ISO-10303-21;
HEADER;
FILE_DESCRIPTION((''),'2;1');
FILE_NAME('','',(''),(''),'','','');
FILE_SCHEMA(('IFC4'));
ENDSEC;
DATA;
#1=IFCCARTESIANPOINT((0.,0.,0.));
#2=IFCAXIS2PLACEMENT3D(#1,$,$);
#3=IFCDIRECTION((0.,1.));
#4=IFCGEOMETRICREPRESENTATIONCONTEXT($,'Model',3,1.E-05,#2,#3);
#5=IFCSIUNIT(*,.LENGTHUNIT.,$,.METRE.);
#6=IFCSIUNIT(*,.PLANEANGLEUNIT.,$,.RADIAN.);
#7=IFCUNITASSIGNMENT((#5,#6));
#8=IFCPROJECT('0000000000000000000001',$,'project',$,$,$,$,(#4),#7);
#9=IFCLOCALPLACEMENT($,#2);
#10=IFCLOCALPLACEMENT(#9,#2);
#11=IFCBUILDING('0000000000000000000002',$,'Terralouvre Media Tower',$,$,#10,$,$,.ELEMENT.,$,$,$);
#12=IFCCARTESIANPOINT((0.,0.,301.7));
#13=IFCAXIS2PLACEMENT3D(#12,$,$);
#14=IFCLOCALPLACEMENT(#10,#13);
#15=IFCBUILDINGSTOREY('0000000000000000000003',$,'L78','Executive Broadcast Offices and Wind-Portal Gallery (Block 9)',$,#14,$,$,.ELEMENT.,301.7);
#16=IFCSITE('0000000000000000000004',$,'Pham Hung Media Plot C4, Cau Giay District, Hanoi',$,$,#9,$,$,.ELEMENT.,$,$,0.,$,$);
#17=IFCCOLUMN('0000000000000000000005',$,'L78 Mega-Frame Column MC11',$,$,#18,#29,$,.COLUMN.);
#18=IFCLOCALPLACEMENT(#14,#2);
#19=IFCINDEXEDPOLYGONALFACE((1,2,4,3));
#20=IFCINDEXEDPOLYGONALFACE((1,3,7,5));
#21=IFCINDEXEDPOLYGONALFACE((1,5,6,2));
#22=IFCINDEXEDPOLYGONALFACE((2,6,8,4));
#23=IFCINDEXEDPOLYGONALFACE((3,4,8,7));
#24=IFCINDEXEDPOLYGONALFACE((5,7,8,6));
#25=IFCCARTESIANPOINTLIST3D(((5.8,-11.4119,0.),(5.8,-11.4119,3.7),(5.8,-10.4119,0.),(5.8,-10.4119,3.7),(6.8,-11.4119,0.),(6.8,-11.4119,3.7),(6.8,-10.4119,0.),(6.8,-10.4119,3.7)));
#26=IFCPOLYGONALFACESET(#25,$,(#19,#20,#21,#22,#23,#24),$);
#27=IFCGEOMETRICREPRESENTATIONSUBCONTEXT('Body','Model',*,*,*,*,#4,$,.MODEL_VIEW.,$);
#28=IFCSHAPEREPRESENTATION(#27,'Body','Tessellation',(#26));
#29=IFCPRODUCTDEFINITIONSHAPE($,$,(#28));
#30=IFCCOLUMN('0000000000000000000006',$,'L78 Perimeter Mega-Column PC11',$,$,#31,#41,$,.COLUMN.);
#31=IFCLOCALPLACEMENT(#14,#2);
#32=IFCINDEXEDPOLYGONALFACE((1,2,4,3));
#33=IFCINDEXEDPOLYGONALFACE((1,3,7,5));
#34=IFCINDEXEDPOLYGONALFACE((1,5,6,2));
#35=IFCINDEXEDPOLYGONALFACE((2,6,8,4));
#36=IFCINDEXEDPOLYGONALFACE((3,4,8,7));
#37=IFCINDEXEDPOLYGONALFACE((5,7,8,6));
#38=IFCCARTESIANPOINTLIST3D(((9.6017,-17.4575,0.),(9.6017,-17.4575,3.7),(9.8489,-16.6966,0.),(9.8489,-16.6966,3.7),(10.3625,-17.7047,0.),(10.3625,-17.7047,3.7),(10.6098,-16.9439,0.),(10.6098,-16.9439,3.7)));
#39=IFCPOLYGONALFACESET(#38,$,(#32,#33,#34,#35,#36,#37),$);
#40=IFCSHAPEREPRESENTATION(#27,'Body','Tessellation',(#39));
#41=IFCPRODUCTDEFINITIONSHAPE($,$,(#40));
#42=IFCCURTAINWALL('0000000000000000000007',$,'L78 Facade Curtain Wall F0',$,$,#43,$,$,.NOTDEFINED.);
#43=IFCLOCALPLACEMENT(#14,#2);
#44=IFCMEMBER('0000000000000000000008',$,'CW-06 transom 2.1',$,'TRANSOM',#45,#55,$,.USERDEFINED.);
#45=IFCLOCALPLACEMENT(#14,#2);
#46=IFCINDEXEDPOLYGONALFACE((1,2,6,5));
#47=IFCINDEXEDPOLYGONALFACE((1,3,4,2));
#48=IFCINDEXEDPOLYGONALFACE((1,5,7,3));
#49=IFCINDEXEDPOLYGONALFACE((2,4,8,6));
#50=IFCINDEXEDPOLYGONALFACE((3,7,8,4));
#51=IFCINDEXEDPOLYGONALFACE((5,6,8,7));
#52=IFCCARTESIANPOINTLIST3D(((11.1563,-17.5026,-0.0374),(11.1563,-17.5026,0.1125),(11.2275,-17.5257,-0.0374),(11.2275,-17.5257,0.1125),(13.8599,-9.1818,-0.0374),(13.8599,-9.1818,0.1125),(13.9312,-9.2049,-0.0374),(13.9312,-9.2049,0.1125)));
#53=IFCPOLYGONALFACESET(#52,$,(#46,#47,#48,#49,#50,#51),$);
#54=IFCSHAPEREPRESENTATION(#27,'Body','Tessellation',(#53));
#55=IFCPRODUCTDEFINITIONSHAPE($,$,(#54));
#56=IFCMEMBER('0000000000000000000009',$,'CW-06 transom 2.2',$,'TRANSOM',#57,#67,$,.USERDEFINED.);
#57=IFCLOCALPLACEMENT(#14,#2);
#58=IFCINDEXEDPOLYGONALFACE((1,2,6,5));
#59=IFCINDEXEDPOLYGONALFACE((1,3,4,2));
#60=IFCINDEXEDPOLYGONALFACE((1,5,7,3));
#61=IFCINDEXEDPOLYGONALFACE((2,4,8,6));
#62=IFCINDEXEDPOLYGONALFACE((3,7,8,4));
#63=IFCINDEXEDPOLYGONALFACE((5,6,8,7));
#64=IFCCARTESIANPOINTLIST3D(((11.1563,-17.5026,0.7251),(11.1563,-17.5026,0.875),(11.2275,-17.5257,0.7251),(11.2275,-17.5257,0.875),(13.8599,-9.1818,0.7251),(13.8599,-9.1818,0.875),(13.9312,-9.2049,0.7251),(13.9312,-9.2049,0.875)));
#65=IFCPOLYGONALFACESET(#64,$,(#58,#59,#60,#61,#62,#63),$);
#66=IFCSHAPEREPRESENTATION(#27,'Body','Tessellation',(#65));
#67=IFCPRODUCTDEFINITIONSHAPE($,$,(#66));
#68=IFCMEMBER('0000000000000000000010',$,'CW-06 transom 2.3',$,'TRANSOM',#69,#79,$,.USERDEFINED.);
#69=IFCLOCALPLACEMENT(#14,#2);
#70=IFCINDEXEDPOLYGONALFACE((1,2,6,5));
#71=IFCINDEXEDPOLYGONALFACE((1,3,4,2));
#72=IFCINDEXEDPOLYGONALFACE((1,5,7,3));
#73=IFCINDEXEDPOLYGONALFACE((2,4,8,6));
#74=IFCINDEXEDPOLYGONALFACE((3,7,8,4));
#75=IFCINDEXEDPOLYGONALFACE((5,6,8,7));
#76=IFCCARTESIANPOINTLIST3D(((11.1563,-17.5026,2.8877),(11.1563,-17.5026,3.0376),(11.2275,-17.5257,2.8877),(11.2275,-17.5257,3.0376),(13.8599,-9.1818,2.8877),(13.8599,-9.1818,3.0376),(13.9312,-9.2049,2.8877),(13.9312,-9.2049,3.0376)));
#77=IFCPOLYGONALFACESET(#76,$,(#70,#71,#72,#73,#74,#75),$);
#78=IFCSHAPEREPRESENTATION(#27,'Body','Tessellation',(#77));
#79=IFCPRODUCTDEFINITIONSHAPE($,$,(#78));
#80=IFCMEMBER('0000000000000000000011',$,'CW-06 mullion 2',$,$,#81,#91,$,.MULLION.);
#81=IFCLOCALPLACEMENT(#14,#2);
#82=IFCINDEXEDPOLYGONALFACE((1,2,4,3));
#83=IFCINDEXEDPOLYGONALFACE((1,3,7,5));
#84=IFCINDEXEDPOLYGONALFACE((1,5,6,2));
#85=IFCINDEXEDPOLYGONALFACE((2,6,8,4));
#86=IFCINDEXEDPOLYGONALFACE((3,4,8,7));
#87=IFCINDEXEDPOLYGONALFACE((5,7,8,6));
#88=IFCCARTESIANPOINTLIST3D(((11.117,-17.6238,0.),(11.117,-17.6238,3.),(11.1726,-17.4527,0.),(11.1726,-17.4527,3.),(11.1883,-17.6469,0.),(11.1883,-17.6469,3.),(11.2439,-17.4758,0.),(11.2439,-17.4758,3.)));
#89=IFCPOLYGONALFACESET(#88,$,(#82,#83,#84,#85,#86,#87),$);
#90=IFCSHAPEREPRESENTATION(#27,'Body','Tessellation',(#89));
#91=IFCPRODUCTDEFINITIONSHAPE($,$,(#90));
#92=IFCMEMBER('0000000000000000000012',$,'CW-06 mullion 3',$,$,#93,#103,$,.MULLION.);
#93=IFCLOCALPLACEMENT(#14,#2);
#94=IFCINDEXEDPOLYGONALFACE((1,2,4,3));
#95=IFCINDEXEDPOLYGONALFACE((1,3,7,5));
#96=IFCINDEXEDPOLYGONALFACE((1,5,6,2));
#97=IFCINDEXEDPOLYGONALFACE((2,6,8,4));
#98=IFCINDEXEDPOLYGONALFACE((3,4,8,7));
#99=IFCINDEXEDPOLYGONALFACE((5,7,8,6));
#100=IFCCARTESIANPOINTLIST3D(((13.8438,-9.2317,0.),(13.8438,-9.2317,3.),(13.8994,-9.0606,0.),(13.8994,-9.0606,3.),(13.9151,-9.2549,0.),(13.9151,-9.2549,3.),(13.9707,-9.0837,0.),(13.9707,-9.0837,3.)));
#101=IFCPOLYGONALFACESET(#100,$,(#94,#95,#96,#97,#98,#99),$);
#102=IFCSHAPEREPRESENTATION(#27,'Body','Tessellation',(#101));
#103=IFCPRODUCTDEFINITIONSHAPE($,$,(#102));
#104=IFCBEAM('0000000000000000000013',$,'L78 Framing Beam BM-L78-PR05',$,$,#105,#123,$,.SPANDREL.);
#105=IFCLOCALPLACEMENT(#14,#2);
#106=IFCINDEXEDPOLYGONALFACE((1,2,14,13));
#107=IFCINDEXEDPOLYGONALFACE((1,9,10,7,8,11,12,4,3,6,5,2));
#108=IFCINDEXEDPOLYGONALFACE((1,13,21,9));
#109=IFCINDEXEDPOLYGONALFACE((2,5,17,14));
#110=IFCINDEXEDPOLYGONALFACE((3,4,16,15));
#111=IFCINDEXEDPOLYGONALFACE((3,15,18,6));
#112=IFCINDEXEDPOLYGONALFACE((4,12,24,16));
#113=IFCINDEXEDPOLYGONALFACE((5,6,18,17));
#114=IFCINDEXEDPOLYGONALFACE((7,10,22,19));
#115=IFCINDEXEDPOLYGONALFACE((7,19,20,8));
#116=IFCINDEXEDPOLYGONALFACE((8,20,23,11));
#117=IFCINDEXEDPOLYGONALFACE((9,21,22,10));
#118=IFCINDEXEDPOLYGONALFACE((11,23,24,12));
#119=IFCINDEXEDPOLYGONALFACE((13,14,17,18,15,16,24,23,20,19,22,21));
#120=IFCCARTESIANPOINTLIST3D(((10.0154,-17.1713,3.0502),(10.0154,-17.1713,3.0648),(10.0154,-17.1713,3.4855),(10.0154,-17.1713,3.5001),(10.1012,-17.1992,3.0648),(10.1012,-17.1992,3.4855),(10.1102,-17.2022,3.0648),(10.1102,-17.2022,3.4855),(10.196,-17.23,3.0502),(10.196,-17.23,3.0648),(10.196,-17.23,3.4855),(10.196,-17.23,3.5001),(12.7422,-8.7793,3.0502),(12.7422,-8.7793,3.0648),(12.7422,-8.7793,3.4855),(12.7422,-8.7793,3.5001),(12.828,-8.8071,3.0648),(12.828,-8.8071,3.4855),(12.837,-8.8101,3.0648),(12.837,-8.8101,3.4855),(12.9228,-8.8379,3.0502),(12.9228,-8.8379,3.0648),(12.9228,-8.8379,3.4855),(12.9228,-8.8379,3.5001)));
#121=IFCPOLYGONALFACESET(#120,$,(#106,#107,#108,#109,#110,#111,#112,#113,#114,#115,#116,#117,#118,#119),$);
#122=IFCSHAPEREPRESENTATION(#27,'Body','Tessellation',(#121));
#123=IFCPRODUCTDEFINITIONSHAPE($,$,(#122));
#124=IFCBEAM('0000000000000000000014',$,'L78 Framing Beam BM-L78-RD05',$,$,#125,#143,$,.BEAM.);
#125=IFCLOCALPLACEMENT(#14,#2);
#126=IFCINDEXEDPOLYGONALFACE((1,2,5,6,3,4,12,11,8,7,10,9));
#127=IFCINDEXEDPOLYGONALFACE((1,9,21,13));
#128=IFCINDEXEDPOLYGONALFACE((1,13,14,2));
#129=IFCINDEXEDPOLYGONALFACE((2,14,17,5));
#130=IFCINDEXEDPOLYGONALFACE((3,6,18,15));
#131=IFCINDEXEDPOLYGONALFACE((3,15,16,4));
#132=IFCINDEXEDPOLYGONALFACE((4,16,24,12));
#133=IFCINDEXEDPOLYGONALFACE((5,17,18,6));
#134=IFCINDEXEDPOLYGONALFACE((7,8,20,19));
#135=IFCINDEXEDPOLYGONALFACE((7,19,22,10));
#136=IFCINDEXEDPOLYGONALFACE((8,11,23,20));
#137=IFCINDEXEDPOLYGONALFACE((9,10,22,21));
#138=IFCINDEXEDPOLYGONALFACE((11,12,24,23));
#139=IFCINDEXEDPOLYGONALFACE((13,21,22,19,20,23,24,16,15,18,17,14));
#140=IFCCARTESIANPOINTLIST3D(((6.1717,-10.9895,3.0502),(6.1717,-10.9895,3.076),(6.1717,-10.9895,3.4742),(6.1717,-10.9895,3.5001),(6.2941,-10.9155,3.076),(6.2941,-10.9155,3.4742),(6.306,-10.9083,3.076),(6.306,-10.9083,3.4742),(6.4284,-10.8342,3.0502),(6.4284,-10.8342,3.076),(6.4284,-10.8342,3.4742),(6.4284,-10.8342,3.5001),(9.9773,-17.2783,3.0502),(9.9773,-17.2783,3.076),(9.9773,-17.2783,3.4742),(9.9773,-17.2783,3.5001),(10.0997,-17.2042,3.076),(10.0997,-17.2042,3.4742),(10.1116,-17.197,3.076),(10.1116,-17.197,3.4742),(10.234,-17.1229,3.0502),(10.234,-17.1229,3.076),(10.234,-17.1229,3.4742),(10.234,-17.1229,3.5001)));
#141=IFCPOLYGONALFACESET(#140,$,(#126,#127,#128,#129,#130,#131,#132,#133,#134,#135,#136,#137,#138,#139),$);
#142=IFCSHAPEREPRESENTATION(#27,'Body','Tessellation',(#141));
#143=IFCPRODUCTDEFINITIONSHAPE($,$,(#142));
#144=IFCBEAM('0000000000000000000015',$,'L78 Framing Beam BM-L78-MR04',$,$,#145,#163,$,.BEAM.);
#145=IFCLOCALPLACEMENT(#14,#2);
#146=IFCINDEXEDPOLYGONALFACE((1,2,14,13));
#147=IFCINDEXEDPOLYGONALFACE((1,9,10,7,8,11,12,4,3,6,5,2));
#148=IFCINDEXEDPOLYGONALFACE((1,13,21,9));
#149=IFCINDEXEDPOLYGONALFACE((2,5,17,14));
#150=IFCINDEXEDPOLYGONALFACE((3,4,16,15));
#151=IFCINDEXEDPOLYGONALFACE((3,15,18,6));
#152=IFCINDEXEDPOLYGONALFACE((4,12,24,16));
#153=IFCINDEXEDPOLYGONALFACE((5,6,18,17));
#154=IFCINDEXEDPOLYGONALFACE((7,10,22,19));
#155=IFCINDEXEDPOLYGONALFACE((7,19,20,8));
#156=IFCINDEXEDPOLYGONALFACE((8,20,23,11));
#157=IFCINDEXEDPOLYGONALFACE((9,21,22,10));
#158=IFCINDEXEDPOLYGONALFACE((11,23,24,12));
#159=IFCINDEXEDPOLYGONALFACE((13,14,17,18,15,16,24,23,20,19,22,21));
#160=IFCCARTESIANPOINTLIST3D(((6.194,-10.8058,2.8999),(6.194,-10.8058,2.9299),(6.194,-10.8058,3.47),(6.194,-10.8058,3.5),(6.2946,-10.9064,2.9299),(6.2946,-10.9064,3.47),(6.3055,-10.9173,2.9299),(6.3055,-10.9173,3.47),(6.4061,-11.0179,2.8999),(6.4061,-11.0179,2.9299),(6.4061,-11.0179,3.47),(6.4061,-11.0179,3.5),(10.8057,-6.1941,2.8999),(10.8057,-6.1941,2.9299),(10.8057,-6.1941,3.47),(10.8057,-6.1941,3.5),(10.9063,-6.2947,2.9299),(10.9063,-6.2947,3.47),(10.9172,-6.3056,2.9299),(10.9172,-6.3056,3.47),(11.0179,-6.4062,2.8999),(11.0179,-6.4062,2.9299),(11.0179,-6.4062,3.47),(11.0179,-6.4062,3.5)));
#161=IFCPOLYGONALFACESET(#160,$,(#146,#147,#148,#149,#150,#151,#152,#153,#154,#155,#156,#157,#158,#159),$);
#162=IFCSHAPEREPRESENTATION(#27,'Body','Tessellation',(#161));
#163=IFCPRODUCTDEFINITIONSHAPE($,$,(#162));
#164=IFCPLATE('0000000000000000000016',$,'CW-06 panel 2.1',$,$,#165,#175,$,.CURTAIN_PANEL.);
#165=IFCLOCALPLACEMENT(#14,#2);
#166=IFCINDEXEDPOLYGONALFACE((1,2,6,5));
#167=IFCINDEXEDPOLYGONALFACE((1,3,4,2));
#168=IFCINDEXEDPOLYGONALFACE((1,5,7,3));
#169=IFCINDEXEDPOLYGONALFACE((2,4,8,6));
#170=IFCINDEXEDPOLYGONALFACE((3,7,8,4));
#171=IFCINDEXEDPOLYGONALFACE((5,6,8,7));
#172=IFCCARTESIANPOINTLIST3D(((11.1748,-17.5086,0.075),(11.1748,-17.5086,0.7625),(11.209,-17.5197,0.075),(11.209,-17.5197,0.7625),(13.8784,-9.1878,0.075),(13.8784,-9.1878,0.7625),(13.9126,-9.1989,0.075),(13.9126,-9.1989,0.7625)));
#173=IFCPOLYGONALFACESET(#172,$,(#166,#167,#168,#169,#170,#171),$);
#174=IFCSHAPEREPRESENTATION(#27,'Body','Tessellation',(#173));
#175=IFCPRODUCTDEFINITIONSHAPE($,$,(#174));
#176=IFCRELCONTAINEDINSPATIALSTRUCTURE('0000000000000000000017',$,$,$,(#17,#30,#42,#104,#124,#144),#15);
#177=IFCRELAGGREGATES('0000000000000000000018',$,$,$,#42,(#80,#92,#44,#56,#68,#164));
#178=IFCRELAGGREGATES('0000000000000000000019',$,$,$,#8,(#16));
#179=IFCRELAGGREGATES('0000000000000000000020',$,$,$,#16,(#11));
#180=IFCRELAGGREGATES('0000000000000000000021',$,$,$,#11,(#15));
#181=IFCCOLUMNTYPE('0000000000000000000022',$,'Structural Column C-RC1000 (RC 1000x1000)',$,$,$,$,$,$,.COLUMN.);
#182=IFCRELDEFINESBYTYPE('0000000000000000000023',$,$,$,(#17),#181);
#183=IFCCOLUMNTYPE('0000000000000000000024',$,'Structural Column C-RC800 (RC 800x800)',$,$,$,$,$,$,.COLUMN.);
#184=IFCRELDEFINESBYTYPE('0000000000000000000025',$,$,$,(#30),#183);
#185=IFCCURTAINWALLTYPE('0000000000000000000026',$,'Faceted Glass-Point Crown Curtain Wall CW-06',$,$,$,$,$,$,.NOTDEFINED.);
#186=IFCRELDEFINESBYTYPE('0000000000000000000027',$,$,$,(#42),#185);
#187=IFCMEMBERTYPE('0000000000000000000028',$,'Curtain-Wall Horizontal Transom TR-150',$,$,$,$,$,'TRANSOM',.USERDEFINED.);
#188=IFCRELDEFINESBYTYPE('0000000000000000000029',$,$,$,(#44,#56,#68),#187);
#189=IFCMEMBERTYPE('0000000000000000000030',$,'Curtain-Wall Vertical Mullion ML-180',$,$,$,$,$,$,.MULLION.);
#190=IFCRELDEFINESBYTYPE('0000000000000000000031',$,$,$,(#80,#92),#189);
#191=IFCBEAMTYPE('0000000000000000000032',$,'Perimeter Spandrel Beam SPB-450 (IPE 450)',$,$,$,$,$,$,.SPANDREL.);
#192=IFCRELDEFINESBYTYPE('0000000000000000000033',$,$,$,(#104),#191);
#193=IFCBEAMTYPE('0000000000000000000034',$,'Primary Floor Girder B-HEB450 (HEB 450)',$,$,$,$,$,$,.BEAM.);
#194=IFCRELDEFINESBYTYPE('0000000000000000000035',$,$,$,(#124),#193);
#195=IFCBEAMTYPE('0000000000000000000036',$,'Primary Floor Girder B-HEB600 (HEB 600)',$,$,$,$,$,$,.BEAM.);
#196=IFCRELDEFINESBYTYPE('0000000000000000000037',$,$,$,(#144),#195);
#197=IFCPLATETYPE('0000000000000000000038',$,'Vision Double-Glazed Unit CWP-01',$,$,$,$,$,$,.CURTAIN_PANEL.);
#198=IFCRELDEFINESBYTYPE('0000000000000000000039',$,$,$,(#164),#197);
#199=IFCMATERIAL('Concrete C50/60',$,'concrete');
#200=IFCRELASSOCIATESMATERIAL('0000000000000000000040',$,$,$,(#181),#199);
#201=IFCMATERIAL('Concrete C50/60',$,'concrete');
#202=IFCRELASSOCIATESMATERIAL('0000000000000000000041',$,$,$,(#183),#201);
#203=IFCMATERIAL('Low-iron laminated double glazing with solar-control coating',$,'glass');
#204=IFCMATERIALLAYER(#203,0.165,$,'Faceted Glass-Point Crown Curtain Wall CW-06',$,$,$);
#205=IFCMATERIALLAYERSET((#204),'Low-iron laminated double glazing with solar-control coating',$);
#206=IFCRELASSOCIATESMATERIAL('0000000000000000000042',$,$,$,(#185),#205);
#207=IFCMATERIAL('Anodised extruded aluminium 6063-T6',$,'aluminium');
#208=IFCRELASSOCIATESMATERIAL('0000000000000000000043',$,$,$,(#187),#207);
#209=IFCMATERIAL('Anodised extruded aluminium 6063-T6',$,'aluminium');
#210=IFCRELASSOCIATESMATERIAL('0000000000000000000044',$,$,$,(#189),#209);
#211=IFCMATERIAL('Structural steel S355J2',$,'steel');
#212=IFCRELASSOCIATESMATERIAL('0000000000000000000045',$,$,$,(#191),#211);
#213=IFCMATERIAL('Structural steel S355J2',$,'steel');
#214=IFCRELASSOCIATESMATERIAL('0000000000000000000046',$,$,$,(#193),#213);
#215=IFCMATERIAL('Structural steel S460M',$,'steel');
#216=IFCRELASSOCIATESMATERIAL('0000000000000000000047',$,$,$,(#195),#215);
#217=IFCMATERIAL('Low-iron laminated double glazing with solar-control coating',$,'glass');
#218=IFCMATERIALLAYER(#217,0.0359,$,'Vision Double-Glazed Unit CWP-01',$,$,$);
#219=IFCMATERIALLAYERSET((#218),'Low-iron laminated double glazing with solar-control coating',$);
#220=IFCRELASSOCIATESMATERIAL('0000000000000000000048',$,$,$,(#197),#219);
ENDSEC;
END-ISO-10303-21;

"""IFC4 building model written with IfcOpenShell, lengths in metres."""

from ifc_helpers import new_model, si_unit, direction, frame, origin, origin_2d, place, context, subcontext, project, spatial, rectangle, i_section, extrude, material, layer, layer_set, material_profile, profile_set, type_object, element, aggregate, save


model = new_model("IFC4")

# Units and contexts
model_context = context("Model", 3, precision=1e-05, world=origin(), true_north=direction((0.0, 1.0)))
body_context = subcontext(model_context, "Body", "Model", "MODEL_VIEW")
ifc_project = project(units=[si_unit("LENGTHUNIT", "METRE"), si_unit("PLANEANGLEUNIT", "RADIAN")], contexts=[model_context])

# Site, building, storey
site_placement = place(None, origin())
site = spatial("IfcSite", under=ifc_project, at=site_placement, Name="Pham Hung Media Plot C4, Cau Giay District, Hanoi", CompositionType="ELEMENT", RefElevation=0.0)
building_placement = place(site_placement, origin())
building = spatial("IfcBuilding", under=site, at=building_placement, Name="Terralouvre Media Tower", CompositionType="ELEMENT")
storey_placement = place(building_placement, frame((0.0, 0.0, 301.7)))
storey = spatial("IfcBuildingStorey", under=building, at=storey_placement, Name="L78", Description="Executive Broadcast Offices and Wind-Portal Gallery (Block 9)", CompositionType="ELEMENT", Elevation=301.7)

# Columns
ifc_material_1 = material(Name="Concrete C50/60", Category="concrete")
ifc_material_profile_1 = material_profile(ifc_material_1, rectangle(XDim=1.0, YDim=1.0, at=origin_2d()), Name="RC 1000x1000")
ifc_profile_set_1 = profile_set([ifc_material_profile_1], Name="Concrete C50/60")
column_type_1 = type_object("IfcColumnType", Name="Structural Column C-RC1000 (RC 1000x1000)", PredefinedType="COLUMN", material=ifc_profile_set_1)
column_1_placement = place(storey_placement, frame((6.3, -10.9119, 0.0), z_axis=(0.0, 0.0, 1.0), x_axis=(1.0, 0.0, 0.0)))
element("IfcColumn", 1, at=column_1_placement, inside=storey, type_object=column_type_1, Name="L78 Mega-Frame Column MC11", PredefinedType="COLUMN", context=body_context, shape_type="SweptSolid", body=[
    extrude(rectangle(XDim=1.0, YDim=1.0, at=origin_2d()), origin(), (0.0, 0.0, 1.0), 3.7),
])
ifc_material_2 = material(Name="Concrete C50/60", Category="concrete")
ifc_material_profile_2 = material_profile(ifc_material_2, rectangle(XDim=0.8, YDim=0.8, at=origin_2d()), Name="RC 800x800")
ifc_profile_set_2 = profile_set([ifc_material_profile_2], Name="Concrete C50/60")
column_type_2 = type_object("IfcColumnType", Name="Structural Column C-RC800 (RC 800x800)", PredefinedType="COLUMN", material=ifc_profile_set_2)
column_2_placement = place(storey_placement, frame((10.1057, -17.2007, 0.0), z_axis=(0.0, 0.0, 1.0), x_axis=(0.309017, 0.951057, 0.0)))
element("IfcColumn", 2, at=column_2_placement, inside=storey, type_object=column_type_2, Name="L78 Perimeter Mega-Column PC11", PredefinedType="COLUMN", context=body_context, shape_type="SweptSolid", body=[
    extrude(rectangle(XDim=0.8, YDim=0.8, at=origin_2d()), origin(), (0.0, 0.0, 1.0), 3.7),
])

# Curtain wall, members
ifc_material_3 = material(Name="Low-iron laminated double glazing with solar-control coating", Category="glass")
ifc_layer_1 = layer(ifc_material_3, 0.165, Name="Faceted Glass-Point Crown Curtain Wall CW-06")
ifc_layer_set_1 = layer_set([ifc_layer_1], Name="Low-iron laminated double glazing with solar-control coating")
curtain_wall_type = type_object("IfcCurtainWallType", Name="Faceted Glass-Point Crown Curtain Wall CW-06", PredefinedType="NOTDEFINED", material=ifc_layer_set_1)
curtain_wall_placement = place(storey_placement, origin())
curtain_wall = element("IfcCurtainWall", 3, at=curtain_wall_placement, inside=storey, type_object=curtain_wall_type, Name="L78 Facade Curtain Wall F0", PredefinedType="NOTDEFINED")
ifc_material_4 = material(Name="Anodised extruded aluminium 6063-T6", Category="aluminium")
ifc_material_profile_3 = material_profile(ifc_material_4, rectangle(XDim=0.075, YDim=0.1499, at=origin_2d()), Name="ALU 75x150")
ifc_profile_set_3 = profile_set([ifc_material_profile_3], Name="Anodised extruded aluminium 6063-T6")
member_type_1 = type_object("IfcMemberType", Name="Curtain-Wall Horizontal Transom TR-150", ElementType="TRANSOM", PredefinedType="USERDEFINED", material=ifc_profile_set_3)
member_1_placement = place(storey_placement, frame((11.1919, -17.5142, 0.0376), z_axis=(0.309019, 0.951056, 0.0), x_axis=(-0.951056, 0.309019, 0.0)))
member_1 = element("IfcMember", 4, at=member_1_placement, type_object=member_type_1, Name="CW-06 transom 2.1", ObjectType="TRANSOM", PredefinedType="USERDEFINED", context=body_context, shape_type="SweptSolid", body=[
    extrude(rectangle(XDim=0.075, YDim=0.1499, at=origin_2d()), origin(), (0.0, 0.0, 1.0), 8.749),
])
member_2_placement = place(storey_placement, frame((11.1919, -17.5142, 0.8), z_axis=(0.309019, 0.951056, 0.0), x_axis=(-0.951056, 0.309019, 0.0)))
member_2 = element("IfcMember", 5, at=member_2_placement, type_object=member_type_1, Name="CW-06 transom 2.2", ObjectType="TRANSOM", PredefinedType="USERDEFINED", context=body_context, shape_type="SweptSolid", body=[
    extrude(rectangle(XDim=0.075, YDim=0.1499, at=origin_2d()), origin(), (0.0, 0.0, 1.0), 8.749),
])
member_3_placement = place(storey_placement, frame((11.1919, -17.5142, 2.9626), z_axis=(0.309019, 0.951056, 0.0), x_axis=(-0.951056, 0.309019, 0.0)))
member_3 = element("IfcMember", 6, at=member_3_placement, type_object=member_type_1, Name="CW-06 transom 2.3", ObjectType="TRANSOM", PredefinedType="USERDEFINED", context=body_context, shape_type="SweptSolid", body=[
    extrude(rectangle(XDim=0.075, YDim=0.1499, at=origin_2d()), origin(), (0.0, 0.0, 1.0), 8.749),
])
ifc_material_5 = material(Name="Anodised extruded aluminium 6063-T6", Category="aluminium")
ifc_material_profile_4 = material_profile(ifc_material_5, rectangle(XDim=0.075, YDim=0.1799, at=origin_2d()), Name="ALU 75x180")
ifc_profile_set_4 = profile_set([ifc_material_profile_4], Name="Anodised extruded aluminium 6063-T6")
member_type_2 = type_object("IfcMemberType", Name="Curtain-Wall Vertical Mullion ML-180", PredefinedType="MULLION", material=ifc_profile_set_4)
member_4_placement = place(storey_placement, frame((11.1804, -17.5498, 0.0), z_axis=(0.0, 0.0, 1.0), x_axis=(-0.951057, 0.309017, 0.0)))
member_4 = element("IfcMember", 7, at=member_4_placement, type_object=member_type_2, Name="CW-06 mullion 2", PredefinedType="MULLION", context=body_context, shape_type="SweptSolid", body=[
    extrude(rectangle(XDim=0.075, YDim=0.1799, at=origin_2d()), origin(), (0.0, 0.0, 1.0), 3.0),
])
member_5_placement = place(storey_placement, frame((13.9072, -9.1577, 0.0), z_axis=(0.0, 0.0, 1.0), x_axis=(-0.951057, 0.309017, 0.0)))
member_5 = element("IfcMember", 8, at=member_5_placement, type_object=member_type_2, Name="CW-06 mullion 3", PredefinedType="MULLION", context=body_context, shape_type="SweptSolid", body=[
    extrude(rectangle(XDim=0.075, YDim=0.1799, at=origin_2d()), origin(), (0.0, 0.0, 1.0), 3.0),
])

# Beams
ifc_material_6 = material(Name="Structural steel S355J2", Category="steel")
ifc_material_profile_5 = material_profile(ifc_material_6, i_section(OverallWidth=0.1899, OverallDepth=0.45, WebThickness=0.0095, FlangeThickness=0.0146, at=origin_2d()), Name="IPE 450")
ifc_profile_set_5 = profile_set([ifc_material_profile_5], Name="Structural steel S355J2")
beam_type_1 = type_object("IfcBeamType", Name="Perimeter Spandrel Beam SPB-450 (IPE 450)", PredefinedType="SPANDREL", material=ifc_profile_set_5)
beam_1_placement = place(storey_placement, frame((10.1057, -17.2007, 3.2751), z_axis=(0.309022, 0.951055, 0.0), x_axis=(-0.951055, 0.309022, 0.0)))
element("IfcBeam", 9, at=beam_1_placement, inside=storey, type_object=beam_type_1, Name="L78 Framing Beam BM-L78-PR05", PredefinedType="SPANDREL", context=body_context, shape_type="SweptSolid", body=[
    extrude(i_section(OverallWidth=0.1899, OverallDepth=0.45, WebThickness=0.0095, FlangeThickness=0.0146, at=origin_2d()), origin(), (0.0, 0.0, 1.0), 8.824),
])
ifc_material_7 = material(Name="Structural steel S355J2", Category="steel")
ifc_material_profile_6 = material_profile(ifc_material_7, i_section(OverallWidth=0.3, OverallDepth=0.45, WebThickness=0.0139, FlangeThickness=0.0259, at=origin_2d()), Name="HEB 450")
ifc_profile_set_6 = profile_set([ifc_material_profile_6], Name="Structural steel S355J2")
beam_type_2 = type_object("IfcBeamType", Name="Primary Floor Girder B-HEB450 (HEB 450)", PredefinedType="BEAM", material=ifc_profile_set_6)
beam_2_placement = place(storey_placement, frame((6.3, -10.9119, 3.2751), z_axis=(0.51773, -0.855544, 0.0), x_axis=(0.855544, 0.51773, 0.0)))
element("IfcBeam", 10, at=beam_2_placement, inside=storey, type_object=beam_type_2, Name="L78 Framing Beam BM-L78-RD05", PredefinedType="BEAM", context=body_context, shape_type="SweptSolid", body=[
    extrude(i_section(OverallWidth=0.3, OverallDepth=0.45, WebThickness=0.0139, FlangeThickness=0.0259, at=origin_2d()), origin(), (0.0, 0.0, 1.0), 7.3506),
])
ifc_material_8 = material(Name="Structural steel S460M", Category="steel")
ifc_material_profile_7 = material_profile(ifc_material_8, i_section(OverallWidth=0.3, OverallDepth=0.6001, WebThickness=0.0154, FlangeThickness=0.03, at=origin_2d()), Name="HEB 600")
ifc_profile_set_7 = profile_set([ifc_material_profile_7], Name="Structural steel S460M")
beam_type_3 = type_object("IfcBeamType", Name="Primary Floor Girder B-HEB600 (HEB 600)", PredefinedType="BEAM", material=ifc_profile_set_7)
beam_3_placement = place(storey_placement, frame((6.3, -10.9119, 3.2), z_axis=(0.707107, 0.707107, 0.0), x_axis=(-0.707107, 0.707107, 0.0)))
element("IfcBeam", 11, at=beam_3_placement, inside=storey, type_object=beam_type_3, Name="L78 Framing Beam BM-L78-MR04", PredefinedType="BEAM", context=body_context, shape_type="SweptSolid", body=[
    extrude(i_section(OverallWidth=0.3, OverallDepth=0.6001, WebThickness=0.0154, FlangeThickness=0.03, at=origin_2d()), origin(), (0.0, 0.0, 1.0), 6.522),
])

# Plate
ifc_material_9 = material(Name="Low-iron laminated double glazing with solar-control coating", Category="glass")
ifc_layer_2 = layer(ifc_material_9, 0.0359, Name="Vision Double-Glazed Unit CWP-01")
ifc_layer_set_2 = layer_set([ifc_layer_2], Name="Low-iron laminated double glazing with solar-control coating")
plate_type = type_object("IfcPlateType", Name="Vision Double-Glazed Unit CWP-01", PredefinedType="CURTAIN_PANEL", material=ifc_layer_set_2)
plate_1_placement = place(storey_placement, frame((12.5437, -13.3538, 0.075), z_axis=(0.0, 0.0, 1.0), x_axis=(0.309017, 0.951057, 0.0)))
plate_1 = element("IfcPlate", 12, at=plate_1_placement, type_object=plate_type, Name="CW-06 panel 2.1", PredefinedType="CURTAIN_PANEL", context=body_context, shape_type="SweptSolid", body=[
    extrude(rectangle(XDim=8.749, YDim=0.0359, at=origin_2d()), origin(), (0.0, 0.0, 1.0), 0.6875),
])
aggregate(curtain_wall, [member_4, member_5, member_1, member_2, member_3, plate_1])

save(model, "model.ifc")
